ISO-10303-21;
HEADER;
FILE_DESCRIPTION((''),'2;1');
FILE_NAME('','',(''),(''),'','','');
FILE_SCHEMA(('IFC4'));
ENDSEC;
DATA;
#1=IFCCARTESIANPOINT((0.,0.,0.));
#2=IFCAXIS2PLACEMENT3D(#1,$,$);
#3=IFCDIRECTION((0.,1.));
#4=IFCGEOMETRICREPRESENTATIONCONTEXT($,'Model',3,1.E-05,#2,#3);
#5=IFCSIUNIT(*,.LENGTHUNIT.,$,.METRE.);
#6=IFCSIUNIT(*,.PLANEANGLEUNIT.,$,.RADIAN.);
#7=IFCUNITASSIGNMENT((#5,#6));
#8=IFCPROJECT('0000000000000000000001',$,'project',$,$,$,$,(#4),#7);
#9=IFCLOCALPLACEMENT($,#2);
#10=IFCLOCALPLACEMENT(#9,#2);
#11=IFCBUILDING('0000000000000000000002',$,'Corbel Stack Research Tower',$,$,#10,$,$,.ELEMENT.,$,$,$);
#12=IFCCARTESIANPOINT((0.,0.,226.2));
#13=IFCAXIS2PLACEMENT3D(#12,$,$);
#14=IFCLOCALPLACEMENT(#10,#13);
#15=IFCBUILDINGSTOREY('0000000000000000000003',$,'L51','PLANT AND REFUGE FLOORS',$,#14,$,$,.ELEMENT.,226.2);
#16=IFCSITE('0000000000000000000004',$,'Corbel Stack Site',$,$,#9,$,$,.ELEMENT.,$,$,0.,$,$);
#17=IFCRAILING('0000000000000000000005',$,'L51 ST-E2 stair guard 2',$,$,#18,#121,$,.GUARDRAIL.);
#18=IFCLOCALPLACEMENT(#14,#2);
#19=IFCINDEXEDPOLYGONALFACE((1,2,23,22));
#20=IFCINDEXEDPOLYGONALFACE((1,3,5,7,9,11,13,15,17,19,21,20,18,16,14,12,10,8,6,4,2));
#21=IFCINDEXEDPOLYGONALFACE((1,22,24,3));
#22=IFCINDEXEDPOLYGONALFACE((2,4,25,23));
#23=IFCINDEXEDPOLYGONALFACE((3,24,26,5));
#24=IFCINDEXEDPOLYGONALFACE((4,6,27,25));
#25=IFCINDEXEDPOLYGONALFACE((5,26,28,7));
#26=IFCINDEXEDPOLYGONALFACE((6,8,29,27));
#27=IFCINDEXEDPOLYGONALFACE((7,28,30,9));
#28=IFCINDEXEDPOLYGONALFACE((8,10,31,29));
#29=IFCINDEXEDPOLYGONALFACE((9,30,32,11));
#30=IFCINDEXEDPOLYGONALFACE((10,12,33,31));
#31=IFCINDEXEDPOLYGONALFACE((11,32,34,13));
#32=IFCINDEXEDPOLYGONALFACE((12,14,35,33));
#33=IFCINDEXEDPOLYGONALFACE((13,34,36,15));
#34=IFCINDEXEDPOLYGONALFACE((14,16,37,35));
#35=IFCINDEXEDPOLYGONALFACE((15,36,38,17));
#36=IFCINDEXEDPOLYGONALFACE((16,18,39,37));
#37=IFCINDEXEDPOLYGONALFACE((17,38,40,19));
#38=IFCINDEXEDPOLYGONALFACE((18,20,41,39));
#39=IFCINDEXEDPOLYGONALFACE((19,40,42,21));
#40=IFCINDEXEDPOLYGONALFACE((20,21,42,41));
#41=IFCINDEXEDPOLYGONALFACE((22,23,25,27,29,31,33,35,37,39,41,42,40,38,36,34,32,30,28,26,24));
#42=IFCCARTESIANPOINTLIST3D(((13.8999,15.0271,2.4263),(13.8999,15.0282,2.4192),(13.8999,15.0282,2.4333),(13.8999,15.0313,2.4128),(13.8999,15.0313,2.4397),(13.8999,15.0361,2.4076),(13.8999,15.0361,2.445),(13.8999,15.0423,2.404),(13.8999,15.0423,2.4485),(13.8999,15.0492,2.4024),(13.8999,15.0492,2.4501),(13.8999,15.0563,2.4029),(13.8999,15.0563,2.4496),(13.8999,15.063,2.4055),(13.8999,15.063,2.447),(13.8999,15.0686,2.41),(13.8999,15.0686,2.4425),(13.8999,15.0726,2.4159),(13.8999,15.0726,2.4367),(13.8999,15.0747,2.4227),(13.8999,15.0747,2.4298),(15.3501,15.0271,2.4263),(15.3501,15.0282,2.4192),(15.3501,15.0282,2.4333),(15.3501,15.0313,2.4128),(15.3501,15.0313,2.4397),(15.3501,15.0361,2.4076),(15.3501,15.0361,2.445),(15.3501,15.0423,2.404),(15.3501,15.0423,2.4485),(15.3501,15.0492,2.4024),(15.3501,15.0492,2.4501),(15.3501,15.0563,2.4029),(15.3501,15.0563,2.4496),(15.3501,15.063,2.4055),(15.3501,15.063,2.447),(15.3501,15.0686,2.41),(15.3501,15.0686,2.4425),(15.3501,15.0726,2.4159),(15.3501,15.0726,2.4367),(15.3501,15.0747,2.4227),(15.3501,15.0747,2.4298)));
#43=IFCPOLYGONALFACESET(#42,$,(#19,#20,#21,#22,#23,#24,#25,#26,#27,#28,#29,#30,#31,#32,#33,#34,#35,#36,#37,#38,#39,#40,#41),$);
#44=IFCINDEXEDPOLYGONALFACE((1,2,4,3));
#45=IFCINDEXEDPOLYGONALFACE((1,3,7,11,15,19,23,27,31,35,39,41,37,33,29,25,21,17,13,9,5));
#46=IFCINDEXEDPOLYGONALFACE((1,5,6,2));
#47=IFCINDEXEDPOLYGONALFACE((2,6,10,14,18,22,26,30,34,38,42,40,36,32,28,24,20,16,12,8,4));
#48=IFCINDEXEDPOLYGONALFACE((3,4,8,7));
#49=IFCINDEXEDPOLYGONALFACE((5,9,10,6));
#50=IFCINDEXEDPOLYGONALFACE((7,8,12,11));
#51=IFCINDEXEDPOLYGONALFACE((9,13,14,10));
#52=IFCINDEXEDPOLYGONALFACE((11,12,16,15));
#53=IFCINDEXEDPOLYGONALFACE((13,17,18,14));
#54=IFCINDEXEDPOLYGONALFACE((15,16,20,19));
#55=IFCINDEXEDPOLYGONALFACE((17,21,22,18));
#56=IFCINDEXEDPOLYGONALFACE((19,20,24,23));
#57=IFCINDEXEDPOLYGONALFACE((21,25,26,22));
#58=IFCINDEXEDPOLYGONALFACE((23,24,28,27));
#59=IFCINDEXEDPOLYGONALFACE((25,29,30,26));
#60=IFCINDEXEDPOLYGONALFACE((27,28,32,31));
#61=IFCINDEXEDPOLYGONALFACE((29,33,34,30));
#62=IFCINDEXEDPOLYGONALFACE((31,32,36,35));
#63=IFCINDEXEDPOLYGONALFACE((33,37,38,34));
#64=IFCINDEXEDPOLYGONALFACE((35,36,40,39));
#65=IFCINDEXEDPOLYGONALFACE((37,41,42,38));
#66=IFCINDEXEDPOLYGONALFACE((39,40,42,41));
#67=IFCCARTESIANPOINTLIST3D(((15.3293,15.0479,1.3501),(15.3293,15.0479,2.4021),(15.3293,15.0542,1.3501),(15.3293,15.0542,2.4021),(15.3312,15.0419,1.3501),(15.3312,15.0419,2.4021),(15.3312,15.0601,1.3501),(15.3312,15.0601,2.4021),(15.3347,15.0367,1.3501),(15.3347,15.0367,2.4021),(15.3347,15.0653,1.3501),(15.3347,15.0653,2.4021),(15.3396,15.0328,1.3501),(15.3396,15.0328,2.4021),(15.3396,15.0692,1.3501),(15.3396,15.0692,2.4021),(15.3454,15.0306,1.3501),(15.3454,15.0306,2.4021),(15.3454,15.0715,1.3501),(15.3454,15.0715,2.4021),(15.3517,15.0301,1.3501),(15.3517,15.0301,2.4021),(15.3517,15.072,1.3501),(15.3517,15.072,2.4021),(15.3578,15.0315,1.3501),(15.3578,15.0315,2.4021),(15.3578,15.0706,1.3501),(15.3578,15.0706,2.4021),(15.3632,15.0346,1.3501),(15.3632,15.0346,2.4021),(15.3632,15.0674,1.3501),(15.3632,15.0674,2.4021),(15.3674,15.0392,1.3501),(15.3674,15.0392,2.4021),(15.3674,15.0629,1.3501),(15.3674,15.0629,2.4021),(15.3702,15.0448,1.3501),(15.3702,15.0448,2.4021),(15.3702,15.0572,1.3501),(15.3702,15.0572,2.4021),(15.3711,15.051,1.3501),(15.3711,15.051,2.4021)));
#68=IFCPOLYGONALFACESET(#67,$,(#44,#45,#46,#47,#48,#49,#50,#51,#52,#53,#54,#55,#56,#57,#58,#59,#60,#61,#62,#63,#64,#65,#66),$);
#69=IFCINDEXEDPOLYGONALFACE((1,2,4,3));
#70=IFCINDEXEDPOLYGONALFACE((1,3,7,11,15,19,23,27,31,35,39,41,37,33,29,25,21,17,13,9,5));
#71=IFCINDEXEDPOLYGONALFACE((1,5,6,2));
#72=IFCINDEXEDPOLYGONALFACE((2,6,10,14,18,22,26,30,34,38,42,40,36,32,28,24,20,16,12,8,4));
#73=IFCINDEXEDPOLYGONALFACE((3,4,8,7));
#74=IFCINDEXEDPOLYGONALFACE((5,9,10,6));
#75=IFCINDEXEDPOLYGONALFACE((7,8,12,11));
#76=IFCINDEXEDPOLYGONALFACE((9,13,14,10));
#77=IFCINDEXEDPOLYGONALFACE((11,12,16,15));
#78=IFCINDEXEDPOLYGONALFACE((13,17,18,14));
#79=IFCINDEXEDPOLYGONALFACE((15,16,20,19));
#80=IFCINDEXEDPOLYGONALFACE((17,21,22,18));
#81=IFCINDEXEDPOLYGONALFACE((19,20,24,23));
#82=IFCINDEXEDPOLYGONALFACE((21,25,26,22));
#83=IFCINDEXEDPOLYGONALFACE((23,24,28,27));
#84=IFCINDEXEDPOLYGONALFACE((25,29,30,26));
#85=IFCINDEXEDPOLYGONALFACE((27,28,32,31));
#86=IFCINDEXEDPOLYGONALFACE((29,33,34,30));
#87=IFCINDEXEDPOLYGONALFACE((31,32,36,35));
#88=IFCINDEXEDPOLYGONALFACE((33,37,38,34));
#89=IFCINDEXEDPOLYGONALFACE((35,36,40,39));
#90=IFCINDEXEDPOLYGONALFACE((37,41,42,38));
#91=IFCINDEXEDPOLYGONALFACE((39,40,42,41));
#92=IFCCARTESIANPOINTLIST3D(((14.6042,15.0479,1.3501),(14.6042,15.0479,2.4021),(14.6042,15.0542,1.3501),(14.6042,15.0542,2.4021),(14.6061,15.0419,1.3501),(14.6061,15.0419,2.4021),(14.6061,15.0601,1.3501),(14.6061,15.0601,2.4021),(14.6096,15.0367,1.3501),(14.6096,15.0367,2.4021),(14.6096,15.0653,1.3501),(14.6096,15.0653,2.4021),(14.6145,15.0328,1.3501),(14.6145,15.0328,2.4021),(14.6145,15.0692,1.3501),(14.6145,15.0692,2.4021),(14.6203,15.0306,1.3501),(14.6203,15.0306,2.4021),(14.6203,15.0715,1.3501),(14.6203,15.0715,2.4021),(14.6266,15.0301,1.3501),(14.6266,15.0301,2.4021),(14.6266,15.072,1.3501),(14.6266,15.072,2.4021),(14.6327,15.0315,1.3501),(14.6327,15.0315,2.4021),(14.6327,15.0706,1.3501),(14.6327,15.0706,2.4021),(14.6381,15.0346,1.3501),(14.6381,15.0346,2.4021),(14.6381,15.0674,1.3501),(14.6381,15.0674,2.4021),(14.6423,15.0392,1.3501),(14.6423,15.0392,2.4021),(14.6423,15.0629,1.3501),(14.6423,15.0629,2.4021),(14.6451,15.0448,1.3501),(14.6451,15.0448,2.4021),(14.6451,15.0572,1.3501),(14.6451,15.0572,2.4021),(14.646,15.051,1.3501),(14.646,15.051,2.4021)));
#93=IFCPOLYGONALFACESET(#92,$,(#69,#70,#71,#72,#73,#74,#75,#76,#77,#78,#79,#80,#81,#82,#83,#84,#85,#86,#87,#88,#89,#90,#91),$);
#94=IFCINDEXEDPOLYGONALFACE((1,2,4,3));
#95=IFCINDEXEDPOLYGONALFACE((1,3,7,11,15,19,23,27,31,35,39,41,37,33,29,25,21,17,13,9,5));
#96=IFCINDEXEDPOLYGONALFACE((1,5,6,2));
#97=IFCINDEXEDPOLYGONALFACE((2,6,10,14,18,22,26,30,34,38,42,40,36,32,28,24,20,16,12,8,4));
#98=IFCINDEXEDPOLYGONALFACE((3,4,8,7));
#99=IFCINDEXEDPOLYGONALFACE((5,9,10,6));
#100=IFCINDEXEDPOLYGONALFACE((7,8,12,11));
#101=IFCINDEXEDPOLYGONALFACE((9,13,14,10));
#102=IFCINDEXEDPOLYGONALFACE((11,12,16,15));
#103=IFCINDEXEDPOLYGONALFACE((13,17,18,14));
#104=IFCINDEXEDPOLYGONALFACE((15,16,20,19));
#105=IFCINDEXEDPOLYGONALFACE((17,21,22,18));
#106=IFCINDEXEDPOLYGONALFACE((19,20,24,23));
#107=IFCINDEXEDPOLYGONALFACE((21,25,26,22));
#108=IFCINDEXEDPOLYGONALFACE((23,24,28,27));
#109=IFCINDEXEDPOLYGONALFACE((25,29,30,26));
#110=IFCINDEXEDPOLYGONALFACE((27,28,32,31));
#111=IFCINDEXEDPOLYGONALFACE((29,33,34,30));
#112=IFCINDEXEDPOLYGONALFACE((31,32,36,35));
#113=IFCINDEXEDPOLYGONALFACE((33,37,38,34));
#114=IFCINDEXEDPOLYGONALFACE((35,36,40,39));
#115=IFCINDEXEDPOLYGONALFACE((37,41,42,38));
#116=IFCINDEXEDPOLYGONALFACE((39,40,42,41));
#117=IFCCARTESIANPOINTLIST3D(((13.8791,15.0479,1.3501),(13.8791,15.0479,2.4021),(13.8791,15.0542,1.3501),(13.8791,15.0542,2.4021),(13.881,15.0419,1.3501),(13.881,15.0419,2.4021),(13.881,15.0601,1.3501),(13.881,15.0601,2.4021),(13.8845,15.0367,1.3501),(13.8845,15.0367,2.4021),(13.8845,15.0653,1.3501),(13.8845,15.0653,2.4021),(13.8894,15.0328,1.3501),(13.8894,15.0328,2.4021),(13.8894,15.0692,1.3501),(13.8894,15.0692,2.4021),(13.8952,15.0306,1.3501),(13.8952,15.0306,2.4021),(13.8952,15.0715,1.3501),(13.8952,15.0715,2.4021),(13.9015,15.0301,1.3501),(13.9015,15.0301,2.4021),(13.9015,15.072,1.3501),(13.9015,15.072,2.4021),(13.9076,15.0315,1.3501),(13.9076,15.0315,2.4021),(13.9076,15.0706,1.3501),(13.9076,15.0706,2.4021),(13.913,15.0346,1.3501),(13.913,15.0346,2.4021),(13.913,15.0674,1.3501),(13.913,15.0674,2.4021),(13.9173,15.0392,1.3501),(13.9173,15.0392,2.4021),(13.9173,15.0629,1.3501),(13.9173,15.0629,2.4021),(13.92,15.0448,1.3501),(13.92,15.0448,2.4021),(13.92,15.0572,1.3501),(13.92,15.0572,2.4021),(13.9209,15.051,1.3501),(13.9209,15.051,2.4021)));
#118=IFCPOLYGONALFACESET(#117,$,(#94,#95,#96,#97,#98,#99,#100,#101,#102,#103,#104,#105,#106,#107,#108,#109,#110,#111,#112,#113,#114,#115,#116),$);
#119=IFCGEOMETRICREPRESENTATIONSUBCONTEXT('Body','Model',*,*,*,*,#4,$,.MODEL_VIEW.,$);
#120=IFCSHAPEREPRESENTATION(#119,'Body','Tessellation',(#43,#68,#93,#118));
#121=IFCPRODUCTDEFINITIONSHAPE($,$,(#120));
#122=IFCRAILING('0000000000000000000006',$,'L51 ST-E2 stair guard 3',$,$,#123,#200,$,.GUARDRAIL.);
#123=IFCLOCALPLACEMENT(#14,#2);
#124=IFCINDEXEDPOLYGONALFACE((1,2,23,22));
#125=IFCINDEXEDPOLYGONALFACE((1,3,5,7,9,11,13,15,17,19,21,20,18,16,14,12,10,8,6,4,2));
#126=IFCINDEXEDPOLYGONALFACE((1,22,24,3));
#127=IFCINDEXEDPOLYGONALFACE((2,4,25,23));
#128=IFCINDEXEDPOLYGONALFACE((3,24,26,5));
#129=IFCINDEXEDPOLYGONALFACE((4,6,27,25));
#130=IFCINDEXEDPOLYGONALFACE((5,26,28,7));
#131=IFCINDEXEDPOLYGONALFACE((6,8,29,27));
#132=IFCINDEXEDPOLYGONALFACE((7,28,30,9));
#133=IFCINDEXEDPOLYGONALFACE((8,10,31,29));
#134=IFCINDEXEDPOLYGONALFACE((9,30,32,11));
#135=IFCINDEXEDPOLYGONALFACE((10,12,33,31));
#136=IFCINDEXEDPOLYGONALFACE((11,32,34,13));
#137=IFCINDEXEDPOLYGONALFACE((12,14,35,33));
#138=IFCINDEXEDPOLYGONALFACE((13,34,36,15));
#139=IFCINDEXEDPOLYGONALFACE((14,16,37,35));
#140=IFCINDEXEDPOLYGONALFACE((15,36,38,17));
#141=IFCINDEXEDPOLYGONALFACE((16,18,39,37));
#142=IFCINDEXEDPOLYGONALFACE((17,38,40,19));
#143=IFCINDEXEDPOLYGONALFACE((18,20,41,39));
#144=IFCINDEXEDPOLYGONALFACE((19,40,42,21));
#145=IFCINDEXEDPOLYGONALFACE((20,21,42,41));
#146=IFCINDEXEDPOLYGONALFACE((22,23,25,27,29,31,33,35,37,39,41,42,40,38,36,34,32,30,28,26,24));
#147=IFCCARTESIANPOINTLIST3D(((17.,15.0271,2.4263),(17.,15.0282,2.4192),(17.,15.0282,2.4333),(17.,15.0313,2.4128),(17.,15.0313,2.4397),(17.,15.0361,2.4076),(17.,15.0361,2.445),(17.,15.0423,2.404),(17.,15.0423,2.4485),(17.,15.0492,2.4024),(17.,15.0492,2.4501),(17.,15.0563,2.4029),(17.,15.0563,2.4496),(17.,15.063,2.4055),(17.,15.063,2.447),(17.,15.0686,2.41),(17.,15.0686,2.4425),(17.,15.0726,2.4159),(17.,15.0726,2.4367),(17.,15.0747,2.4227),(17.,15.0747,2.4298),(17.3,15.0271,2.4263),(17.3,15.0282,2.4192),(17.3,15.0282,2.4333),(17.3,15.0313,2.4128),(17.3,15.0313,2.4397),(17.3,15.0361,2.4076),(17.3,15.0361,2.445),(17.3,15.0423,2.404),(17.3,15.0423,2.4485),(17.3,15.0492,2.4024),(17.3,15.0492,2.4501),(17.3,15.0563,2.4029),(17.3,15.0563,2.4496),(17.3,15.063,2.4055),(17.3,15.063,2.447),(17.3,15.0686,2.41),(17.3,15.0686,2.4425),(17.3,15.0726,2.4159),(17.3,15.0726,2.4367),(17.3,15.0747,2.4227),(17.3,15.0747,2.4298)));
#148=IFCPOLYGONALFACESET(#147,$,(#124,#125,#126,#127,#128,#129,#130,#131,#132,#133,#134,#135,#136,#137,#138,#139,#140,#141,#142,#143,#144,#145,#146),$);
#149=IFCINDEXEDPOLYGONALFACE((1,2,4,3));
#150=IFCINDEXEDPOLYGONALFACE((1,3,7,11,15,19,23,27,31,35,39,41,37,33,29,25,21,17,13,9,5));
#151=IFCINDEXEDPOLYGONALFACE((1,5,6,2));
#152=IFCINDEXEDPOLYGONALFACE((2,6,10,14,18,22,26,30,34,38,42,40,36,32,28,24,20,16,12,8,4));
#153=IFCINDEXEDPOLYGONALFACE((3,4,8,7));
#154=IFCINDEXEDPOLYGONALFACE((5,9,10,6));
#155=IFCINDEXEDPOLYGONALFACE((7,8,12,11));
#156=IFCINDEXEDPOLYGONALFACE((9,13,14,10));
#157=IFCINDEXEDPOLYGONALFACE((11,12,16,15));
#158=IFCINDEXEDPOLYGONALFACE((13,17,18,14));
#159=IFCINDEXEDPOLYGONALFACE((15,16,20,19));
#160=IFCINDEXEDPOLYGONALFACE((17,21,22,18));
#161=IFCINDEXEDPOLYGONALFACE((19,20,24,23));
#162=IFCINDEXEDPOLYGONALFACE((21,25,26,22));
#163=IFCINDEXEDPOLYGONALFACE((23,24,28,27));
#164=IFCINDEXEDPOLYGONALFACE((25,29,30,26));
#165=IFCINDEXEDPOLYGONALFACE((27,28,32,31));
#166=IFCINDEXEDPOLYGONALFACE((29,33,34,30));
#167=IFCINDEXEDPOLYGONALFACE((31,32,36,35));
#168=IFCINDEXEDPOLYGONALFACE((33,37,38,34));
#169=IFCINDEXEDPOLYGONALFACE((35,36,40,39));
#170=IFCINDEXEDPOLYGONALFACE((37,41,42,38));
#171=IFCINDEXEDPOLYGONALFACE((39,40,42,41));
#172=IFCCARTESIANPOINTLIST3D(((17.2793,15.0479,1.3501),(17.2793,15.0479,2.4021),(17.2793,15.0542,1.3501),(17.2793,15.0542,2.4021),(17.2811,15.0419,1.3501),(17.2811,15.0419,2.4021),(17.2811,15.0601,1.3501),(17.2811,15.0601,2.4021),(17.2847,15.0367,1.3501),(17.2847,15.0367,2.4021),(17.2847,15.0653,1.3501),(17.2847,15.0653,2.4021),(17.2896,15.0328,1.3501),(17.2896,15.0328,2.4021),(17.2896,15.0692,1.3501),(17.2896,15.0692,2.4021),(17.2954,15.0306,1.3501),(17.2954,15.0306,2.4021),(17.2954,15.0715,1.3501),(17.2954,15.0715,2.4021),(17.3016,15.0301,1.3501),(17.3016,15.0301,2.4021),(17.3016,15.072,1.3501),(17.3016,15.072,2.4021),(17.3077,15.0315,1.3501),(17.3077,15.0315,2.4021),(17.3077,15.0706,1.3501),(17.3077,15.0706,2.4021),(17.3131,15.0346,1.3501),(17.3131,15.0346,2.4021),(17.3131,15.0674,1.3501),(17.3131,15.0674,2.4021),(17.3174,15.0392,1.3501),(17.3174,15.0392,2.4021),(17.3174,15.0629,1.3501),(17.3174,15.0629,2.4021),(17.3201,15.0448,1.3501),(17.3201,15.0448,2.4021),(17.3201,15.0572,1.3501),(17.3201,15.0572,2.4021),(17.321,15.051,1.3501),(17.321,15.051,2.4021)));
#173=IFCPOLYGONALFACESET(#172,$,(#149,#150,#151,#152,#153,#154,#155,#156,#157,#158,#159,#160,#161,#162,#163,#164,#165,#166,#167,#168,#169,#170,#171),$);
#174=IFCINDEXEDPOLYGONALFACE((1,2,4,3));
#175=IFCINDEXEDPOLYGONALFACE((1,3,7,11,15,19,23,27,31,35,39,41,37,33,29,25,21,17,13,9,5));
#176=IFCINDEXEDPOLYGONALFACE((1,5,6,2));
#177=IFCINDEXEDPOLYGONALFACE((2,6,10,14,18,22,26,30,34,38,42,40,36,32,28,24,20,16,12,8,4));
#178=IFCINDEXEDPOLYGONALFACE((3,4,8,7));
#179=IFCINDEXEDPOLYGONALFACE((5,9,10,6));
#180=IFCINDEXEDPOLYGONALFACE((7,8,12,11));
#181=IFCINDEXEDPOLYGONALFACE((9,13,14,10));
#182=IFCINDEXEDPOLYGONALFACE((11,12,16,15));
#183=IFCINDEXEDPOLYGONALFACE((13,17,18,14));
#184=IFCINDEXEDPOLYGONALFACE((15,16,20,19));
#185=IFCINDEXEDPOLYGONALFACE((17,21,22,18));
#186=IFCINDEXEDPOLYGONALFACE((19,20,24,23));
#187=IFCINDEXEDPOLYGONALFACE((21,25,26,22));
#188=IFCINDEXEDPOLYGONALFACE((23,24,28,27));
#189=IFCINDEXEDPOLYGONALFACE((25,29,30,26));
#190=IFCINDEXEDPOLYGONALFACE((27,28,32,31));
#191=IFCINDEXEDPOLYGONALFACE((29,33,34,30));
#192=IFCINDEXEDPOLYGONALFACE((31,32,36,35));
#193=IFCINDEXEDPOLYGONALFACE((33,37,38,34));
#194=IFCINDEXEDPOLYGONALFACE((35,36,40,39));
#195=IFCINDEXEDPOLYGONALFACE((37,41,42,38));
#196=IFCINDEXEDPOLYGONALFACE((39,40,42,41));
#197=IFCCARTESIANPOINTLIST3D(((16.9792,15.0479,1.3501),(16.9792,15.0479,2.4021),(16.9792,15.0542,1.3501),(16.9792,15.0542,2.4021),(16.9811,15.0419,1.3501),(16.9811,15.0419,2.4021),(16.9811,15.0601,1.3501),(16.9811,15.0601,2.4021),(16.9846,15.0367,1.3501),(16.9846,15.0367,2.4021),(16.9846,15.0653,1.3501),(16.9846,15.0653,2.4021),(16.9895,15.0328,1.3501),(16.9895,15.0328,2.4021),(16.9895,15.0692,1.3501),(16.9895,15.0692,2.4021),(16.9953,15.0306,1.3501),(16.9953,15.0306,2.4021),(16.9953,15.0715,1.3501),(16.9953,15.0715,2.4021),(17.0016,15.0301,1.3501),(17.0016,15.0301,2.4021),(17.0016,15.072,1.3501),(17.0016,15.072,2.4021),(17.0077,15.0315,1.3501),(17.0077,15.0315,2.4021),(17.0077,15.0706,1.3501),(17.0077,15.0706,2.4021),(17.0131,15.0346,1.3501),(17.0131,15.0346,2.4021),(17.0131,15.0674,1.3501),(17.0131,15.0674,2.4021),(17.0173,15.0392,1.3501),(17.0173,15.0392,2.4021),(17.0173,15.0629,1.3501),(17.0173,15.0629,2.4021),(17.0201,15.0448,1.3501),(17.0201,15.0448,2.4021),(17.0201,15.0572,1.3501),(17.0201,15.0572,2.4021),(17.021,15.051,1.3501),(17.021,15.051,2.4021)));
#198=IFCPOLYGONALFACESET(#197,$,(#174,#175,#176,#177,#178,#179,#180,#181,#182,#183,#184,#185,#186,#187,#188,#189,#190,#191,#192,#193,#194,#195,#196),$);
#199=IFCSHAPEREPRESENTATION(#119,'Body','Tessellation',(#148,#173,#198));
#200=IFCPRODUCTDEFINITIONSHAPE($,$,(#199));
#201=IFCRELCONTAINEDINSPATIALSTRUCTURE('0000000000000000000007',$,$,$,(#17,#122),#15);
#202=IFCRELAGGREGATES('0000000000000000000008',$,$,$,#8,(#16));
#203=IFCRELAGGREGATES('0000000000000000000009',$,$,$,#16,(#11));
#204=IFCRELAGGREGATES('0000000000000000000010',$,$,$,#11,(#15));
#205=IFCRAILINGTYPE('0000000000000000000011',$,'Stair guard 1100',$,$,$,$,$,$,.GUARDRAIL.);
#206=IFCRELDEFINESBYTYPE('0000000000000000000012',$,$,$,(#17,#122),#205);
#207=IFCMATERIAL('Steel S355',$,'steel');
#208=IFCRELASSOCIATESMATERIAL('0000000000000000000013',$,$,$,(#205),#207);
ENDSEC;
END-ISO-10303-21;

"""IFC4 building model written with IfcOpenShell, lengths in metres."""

from ifc_helpers import new_model, si_unit, direction, frame, origin, origin_2d, place, context, subcontext, project, spatial, circle, extrude, material, type_object, element, save


model = new_model("IFC4")

# Units and contexts
model_context = context("Model", 3, precision=1e-05, world=origin(), true_north=direction((0.0, 1.0)))
body_context = subcontext(model_context, "Body", "Model", "MODEL_VIEW")
ifc_project = project(units=[si_unit("LENGTHUNIT", "METRE"), si_unit("PLANEANGLEUNIT", "RADIAN")], contexts=[model_context])

# Site, building, storey
site_placement = place(None, origin())
site = spatial("IfcSite", under=ifc_project, at=site_placement, Name="Corbel Stack Site", CompositionType="ELEMENT", RefElevation=0.0)
building_placement = place(site_placement, origin())
building = spatial("IfcBuilding", under=site, at=building_placement, Name="Corbel Stack Research Tower", CompositionType="ELEMENT")
storey_placement = place(building_placement, frame((0.0, 0.0, 226.2)))
storey = spatial("IfcBuildingStorey", under=building, at=storey_placement, Name="L51", Description="PLANT AND REFUGE FLOORS", CompositionType="ELEMENT", Elevation=226.2)

# Railings
ifc_material_1 = material(Name="Steel S355", Category="steel")
railing_type_1 = type_object("IfcRailingType", Name="Stair guard 1100", PredefinedType="GUARDRAIL", material=ifc_material_1)
railing_1_placement = place(storey_placement, frame((15.3501, 15.051, 1.3501)))
element("IfcRailing", 1, at=railing_1_placement, inside=storey, type_object=railing_type_1, Name="L51 ST-E2 stair guard 2", PredefinedType="GUARDRAIL", context=body_context, shape_type="SweptSolid", body=[
    extrude(circle(Radius=0.0239, at=origin_2d()), frame((0.0, 0.0, 1.0762), z_axis=(-1.0, 0.0, 0.0), x_axis=(0.0, -1.0, 0.0)), (0.0, 0.0, 1.0), 1.4502),
    extrude(circle(Radius=0.021, at=origin_2d()), origin(), (0.0, 0.0, 1.0), 1.052),
    extrude(circle(Radius=0.021, at=origin_2d()), frame((-0.7251, 0.0, 0.0)), (0.0, 0.0, 1.0), 1.052),
    extrude(circle(Radius=0.021, at=origin_2d()), frame((-1.4502, 0.0, 0.0)), (0.0, 0.0, 1.0), 1.052),
])
for number, where, name in (
    (2, (17.3, 15.051, 1.3501), "L51 ST-E2 stair guard 3"),
):
    element("IfcRailing", number, at=place(storey_placement, frame(where)), inside=storey, type_object=railing_type_1, Name=name, PredefinedType="GUARDRAIL", context=body_context, shape_type="SweptSolid", body=[
        extrude(circle(Radius=0.0239, at=origin_2d()), frame((0.0, 0.0, 1.0762), z_axis=(-1.0, 0.0, 0.0), x_axis=(0.0, -1.0, 0.0)), (0.0, 0.0, 1.0), 0.3),
        extrude(circle(Radius=0.021, at=origin_2d()), origin(), (0.0, 0.0, 1.0), 1.052),
        extrude(circle(Radius=0.021, at=origin_2d()), frame((-0.3, 0.0, 0.0)), (0.0, 0.0, 1.0), 1.052),
    ])

save(model, "model.ifc")
